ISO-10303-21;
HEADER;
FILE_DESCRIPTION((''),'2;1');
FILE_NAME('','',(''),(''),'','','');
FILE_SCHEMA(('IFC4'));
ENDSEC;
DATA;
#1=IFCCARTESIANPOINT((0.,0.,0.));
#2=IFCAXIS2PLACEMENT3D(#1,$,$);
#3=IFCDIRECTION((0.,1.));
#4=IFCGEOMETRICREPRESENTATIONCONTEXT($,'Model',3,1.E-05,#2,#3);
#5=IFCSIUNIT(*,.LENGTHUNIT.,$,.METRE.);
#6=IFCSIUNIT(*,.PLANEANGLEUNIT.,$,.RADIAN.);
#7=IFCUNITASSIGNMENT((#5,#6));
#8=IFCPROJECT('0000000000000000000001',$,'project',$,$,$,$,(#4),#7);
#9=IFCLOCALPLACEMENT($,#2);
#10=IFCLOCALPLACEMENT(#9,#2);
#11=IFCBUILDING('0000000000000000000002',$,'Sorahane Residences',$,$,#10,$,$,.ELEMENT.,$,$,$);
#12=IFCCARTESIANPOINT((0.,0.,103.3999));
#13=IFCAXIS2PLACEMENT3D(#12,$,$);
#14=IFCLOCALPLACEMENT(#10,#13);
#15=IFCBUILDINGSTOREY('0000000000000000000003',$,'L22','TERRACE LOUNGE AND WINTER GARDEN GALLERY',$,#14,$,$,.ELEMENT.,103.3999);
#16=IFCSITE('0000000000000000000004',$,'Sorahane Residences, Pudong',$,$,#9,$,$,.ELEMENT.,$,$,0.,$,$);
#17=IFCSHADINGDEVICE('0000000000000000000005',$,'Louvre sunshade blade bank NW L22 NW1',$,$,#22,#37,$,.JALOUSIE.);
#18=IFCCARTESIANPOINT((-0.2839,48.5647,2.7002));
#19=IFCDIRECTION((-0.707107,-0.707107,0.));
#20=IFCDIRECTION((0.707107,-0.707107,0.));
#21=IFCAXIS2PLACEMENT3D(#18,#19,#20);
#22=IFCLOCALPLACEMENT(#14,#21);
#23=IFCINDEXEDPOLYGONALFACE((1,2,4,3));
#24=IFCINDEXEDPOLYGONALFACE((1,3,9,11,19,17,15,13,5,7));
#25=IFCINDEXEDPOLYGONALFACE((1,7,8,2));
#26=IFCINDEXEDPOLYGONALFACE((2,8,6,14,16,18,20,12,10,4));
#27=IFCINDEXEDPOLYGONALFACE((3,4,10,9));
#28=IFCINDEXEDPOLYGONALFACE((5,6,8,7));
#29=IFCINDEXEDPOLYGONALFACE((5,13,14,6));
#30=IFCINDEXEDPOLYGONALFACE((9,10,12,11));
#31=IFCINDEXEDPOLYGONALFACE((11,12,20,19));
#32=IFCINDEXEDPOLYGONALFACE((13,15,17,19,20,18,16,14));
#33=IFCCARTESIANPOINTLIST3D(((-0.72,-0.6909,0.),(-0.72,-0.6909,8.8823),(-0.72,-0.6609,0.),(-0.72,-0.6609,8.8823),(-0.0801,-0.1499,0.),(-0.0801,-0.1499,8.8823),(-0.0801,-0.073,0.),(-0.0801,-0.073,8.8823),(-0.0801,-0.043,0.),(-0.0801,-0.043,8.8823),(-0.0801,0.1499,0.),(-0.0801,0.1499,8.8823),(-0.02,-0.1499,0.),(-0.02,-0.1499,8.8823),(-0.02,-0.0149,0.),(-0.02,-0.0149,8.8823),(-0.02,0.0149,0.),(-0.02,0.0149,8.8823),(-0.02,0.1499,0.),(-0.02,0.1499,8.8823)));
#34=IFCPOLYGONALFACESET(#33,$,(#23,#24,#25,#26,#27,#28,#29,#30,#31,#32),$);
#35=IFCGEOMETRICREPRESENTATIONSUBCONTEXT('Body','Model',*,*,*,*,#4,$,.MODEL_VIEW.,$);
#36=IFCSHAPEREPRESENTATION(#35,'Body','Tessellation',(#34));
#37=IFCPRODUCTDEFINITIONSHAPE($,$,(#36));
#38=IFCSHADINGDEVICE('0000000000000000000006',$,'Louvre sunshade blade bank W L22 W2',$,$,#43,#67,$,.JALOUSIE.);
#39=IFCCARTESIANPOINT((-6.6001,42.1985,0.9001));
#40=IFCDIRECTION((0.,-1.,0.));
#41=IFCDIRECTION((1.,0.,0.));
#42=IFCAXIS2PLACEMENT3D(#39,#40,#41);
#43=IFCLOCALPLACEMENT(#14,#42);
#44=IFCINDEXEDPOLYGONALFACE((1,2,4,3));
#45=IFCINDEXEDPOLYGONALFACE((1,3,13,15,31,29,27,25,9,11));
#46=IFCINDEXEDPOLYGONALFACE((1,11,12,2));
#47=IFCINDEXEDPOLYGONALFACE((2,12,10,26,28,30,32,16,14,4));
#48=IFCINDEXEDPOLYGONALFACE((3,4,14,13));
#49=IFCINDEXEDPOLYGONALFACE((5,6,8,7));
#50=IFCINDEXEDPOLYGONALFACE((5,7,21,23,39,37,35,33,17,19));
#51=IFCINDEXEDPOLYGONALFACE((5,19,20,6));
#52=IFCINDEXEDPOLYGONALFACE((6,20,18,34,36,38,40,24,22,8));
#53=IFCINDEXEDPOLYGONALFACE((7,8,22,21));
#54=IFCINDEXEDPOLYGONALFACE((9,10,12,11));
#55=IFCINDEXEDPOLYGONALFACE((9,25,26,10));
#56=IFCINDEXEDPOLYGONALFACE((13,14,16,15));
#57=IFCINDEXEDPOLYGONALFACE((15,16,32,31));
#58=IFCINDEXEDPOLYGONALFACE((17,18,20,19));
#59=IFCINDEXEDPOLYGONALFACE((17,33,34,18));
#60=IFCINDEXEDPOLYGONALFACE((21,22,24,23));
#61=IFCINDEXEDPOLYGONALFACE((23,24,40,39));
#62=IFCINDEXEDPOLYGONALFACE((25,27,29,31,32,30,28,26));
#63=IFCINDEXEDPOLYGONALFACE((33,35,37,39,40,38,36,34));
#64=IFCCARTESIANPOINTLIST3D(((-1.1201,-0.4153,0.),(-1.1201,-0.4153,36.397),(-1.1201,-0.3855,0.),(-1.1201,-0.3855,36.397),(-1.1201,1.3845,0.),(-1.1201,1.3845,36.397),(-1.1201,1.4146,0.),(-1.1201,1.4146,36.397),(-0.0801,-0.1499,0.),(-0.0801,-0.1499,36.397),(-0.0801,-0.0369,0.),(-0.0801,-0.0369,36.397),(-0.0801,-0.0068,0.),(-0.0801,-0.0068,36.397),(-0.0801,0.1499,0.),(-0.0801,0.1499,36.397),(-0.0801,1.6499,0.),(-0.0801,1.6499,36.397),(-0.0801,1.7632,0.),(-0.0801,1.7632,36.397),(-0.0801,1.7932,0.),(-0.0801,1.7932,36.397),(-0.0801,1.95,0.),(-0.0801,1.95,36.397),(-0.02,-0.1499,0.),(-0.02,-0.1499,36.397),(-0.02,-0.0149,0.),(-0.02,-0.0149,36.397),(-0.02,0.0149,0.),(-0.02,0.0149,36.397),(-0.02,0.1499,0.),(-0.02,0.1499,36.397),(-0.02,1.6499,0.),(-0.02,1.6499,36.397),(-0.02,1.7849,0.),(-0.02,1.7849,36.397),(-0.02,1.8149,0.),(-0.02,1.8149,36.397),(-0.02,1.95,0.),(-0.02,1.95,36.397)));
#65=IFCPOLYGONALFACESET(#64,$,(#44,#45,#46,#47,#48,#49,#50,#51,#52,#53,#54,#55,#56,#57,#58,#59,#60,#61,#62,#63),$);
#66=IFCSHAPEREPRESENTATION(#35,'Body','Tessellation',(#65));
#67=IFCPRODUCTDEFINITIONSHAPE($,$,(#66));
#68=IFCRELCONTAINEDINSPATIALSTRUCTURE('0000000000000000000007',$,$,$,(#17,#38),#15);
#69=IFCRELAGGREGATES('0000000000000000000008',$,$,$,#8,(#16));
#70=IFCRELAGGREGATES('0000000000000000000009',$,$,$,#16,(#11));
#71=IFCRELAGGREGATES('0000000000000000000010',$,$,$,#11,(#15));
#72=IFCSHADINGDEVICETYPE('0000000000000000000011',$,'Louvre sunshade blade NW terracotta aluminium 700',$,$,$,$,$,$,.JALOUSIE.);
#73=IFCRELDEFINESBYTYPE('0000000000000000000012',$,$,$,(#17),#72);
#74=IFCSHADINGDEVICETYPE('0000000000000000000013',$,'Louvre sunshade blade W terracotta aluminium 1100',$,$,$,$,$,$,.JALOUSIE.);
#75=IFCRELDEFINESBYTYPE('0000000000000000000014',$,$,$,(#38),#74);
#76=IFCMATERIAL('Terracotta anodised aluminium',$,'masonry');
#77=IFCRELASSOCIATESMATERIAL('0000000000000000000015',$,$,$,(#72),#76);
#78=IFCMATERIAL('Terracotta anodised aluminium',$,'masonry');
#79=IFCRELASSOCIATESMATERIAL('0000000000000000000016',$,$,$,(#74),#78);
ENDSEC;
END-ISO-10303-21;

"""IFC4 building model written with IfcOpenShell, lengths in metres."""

from ifc_helpers import new_model, si_unit, direction, frame, origin, place, context, subcontext, project, spatial, polyline, outline, composite_profile, extrude, material, type_object, element, save


model = new_model("IFC4")

# Units and contexts
model_context = context("Model", 3, precision=1e-05, world=origin(), true_north=direction((0.0, 1.0)))
body_context = subcontext(model_context, "Body", "Model", "MODEL_VIEW")
ifc_project = project(units=[si_unit("LENGTHUNIT", "METRE"), si_unit("PLANEANGLEUNIT", "RADIAN")], contexts=[model_context])

# Site, building, storey
site_placement = place(None, origin())
site = spatial("IfcSite", under=ifc_project, at=site_placement, Name="Sorahane Residences, Pudong", CompositionType="ELEMENT", RefElevation=0.0)
building_placement = place(site_placement, origin())
building = spatial("IfcBuilding", under=site, at=building_placement, Name="Sorahane Residences", CompositionType="ELEMENT")
storey_placement = place(building_placement, frame((0.0, 0.0, 103.3999)))
storey = spatial("IfcBuildingStorey", under=building, at=storey_placement, Name="L22", Description="TERRACE LOUNGE AND WINTER GARDEN GALLERY", CompositionType="ELEMENT", Elevation=103.3999)

# Shading devices
ifc_material_1 = material(Name="Terracotta anodised aluminium", Category="masonry")
shading_device_type_1 = type_object("IfcShadingDeviceType", Name="Louvre sunshade blade NW terracotta aluminium 700", PredefinedType="JALOUSIE", material=ifc_material_1)
shading_device_1_placement = place(storey_placement, frame((-0.2839, 48.5647, 2.7002), z_axis=(-0.707107, -0.707107, 0.0), x_axis=(0.707107, -0.707107, 0.0)))
element("IfcShadingDevice", 1, at=shading_device_1_placement, inside=storey, type_object=shading_device_type_1, Name="Louvre sunshade blade bank NW L22 NW1", PredefinedType="JALOUSIE", context=body_context, shape_type="SweptSolid", body=[
    extrude(outline(polyline([(-0.72, -0.6609), (-0.72, -0.6909), (-0.0801, -0.073), (-0.0801, -0.1499), (-0.02, -0.1499), (-0.02, -0.0149), (-0.02, 0.0149), (-0.02, 0.1499), (-0.0801, 0.1499), (-0.0801, -0.043), (-0.72, -0.6609)])), origin(), (0.0, 0.0, 1.0), 8.8823),
])
ifc_material_2 = material(Name="Terracotta anodised aluminium", Category="masonry")
shading_device_type_2 = type_object("IfcShadingDeviceType", Name="Louvre sunshade blade W terracotta aluminium 1100", PredefinedType="JALOUSIE", material=ifc_material_2)
shading_device_2_placement = place(storey_placement, frame((-6.6001, 42.1985, 0.9001), z_axis=(0.0, -1.0, 0.0), x_axis=(1.0, 0.0, 0.0)))
element("IfcShadingDevice", 2, at=shading_device_2_placement, inside=storey, type_object=shading_device_type_2, Name="Louvre sunshade blade bank W L22 W2", PredefinedType="JALOUSIE", context=body_context, shape_type="SweptSolid", body=[
    extrude(composite_profile([outline(polyline([(-1.1201, -0.3855), (-1.1201, -0.4153), (-0.0801, -0.0369), (-0.0801, -0.1499), (-0.02, -0.1499), (-0.02, -0.0149), (-0.02, 0.0149), (-0.02, 0.1499), (-0.0801, 0.1499), (-0.0801, -0.0068), (-1.1201, -0.3855)])), outline(polyline([(-1.1201, 1.4146), (-1.1201, 1.3845), (-0.0801, 1.7632), (-0.0801, 1.6499), (-0.02, 1.6499), (-0.02, 1.7849), (-0.02, 1.8149), (-0.02, 1.95), (-0.0801, 1.95), (-0.0801, 1.7932), (-1.1201, 1.4146)]))]), origin(), (0.0, 0.0, 1.0), 36.397),
])

save(model, "model.ifc")
